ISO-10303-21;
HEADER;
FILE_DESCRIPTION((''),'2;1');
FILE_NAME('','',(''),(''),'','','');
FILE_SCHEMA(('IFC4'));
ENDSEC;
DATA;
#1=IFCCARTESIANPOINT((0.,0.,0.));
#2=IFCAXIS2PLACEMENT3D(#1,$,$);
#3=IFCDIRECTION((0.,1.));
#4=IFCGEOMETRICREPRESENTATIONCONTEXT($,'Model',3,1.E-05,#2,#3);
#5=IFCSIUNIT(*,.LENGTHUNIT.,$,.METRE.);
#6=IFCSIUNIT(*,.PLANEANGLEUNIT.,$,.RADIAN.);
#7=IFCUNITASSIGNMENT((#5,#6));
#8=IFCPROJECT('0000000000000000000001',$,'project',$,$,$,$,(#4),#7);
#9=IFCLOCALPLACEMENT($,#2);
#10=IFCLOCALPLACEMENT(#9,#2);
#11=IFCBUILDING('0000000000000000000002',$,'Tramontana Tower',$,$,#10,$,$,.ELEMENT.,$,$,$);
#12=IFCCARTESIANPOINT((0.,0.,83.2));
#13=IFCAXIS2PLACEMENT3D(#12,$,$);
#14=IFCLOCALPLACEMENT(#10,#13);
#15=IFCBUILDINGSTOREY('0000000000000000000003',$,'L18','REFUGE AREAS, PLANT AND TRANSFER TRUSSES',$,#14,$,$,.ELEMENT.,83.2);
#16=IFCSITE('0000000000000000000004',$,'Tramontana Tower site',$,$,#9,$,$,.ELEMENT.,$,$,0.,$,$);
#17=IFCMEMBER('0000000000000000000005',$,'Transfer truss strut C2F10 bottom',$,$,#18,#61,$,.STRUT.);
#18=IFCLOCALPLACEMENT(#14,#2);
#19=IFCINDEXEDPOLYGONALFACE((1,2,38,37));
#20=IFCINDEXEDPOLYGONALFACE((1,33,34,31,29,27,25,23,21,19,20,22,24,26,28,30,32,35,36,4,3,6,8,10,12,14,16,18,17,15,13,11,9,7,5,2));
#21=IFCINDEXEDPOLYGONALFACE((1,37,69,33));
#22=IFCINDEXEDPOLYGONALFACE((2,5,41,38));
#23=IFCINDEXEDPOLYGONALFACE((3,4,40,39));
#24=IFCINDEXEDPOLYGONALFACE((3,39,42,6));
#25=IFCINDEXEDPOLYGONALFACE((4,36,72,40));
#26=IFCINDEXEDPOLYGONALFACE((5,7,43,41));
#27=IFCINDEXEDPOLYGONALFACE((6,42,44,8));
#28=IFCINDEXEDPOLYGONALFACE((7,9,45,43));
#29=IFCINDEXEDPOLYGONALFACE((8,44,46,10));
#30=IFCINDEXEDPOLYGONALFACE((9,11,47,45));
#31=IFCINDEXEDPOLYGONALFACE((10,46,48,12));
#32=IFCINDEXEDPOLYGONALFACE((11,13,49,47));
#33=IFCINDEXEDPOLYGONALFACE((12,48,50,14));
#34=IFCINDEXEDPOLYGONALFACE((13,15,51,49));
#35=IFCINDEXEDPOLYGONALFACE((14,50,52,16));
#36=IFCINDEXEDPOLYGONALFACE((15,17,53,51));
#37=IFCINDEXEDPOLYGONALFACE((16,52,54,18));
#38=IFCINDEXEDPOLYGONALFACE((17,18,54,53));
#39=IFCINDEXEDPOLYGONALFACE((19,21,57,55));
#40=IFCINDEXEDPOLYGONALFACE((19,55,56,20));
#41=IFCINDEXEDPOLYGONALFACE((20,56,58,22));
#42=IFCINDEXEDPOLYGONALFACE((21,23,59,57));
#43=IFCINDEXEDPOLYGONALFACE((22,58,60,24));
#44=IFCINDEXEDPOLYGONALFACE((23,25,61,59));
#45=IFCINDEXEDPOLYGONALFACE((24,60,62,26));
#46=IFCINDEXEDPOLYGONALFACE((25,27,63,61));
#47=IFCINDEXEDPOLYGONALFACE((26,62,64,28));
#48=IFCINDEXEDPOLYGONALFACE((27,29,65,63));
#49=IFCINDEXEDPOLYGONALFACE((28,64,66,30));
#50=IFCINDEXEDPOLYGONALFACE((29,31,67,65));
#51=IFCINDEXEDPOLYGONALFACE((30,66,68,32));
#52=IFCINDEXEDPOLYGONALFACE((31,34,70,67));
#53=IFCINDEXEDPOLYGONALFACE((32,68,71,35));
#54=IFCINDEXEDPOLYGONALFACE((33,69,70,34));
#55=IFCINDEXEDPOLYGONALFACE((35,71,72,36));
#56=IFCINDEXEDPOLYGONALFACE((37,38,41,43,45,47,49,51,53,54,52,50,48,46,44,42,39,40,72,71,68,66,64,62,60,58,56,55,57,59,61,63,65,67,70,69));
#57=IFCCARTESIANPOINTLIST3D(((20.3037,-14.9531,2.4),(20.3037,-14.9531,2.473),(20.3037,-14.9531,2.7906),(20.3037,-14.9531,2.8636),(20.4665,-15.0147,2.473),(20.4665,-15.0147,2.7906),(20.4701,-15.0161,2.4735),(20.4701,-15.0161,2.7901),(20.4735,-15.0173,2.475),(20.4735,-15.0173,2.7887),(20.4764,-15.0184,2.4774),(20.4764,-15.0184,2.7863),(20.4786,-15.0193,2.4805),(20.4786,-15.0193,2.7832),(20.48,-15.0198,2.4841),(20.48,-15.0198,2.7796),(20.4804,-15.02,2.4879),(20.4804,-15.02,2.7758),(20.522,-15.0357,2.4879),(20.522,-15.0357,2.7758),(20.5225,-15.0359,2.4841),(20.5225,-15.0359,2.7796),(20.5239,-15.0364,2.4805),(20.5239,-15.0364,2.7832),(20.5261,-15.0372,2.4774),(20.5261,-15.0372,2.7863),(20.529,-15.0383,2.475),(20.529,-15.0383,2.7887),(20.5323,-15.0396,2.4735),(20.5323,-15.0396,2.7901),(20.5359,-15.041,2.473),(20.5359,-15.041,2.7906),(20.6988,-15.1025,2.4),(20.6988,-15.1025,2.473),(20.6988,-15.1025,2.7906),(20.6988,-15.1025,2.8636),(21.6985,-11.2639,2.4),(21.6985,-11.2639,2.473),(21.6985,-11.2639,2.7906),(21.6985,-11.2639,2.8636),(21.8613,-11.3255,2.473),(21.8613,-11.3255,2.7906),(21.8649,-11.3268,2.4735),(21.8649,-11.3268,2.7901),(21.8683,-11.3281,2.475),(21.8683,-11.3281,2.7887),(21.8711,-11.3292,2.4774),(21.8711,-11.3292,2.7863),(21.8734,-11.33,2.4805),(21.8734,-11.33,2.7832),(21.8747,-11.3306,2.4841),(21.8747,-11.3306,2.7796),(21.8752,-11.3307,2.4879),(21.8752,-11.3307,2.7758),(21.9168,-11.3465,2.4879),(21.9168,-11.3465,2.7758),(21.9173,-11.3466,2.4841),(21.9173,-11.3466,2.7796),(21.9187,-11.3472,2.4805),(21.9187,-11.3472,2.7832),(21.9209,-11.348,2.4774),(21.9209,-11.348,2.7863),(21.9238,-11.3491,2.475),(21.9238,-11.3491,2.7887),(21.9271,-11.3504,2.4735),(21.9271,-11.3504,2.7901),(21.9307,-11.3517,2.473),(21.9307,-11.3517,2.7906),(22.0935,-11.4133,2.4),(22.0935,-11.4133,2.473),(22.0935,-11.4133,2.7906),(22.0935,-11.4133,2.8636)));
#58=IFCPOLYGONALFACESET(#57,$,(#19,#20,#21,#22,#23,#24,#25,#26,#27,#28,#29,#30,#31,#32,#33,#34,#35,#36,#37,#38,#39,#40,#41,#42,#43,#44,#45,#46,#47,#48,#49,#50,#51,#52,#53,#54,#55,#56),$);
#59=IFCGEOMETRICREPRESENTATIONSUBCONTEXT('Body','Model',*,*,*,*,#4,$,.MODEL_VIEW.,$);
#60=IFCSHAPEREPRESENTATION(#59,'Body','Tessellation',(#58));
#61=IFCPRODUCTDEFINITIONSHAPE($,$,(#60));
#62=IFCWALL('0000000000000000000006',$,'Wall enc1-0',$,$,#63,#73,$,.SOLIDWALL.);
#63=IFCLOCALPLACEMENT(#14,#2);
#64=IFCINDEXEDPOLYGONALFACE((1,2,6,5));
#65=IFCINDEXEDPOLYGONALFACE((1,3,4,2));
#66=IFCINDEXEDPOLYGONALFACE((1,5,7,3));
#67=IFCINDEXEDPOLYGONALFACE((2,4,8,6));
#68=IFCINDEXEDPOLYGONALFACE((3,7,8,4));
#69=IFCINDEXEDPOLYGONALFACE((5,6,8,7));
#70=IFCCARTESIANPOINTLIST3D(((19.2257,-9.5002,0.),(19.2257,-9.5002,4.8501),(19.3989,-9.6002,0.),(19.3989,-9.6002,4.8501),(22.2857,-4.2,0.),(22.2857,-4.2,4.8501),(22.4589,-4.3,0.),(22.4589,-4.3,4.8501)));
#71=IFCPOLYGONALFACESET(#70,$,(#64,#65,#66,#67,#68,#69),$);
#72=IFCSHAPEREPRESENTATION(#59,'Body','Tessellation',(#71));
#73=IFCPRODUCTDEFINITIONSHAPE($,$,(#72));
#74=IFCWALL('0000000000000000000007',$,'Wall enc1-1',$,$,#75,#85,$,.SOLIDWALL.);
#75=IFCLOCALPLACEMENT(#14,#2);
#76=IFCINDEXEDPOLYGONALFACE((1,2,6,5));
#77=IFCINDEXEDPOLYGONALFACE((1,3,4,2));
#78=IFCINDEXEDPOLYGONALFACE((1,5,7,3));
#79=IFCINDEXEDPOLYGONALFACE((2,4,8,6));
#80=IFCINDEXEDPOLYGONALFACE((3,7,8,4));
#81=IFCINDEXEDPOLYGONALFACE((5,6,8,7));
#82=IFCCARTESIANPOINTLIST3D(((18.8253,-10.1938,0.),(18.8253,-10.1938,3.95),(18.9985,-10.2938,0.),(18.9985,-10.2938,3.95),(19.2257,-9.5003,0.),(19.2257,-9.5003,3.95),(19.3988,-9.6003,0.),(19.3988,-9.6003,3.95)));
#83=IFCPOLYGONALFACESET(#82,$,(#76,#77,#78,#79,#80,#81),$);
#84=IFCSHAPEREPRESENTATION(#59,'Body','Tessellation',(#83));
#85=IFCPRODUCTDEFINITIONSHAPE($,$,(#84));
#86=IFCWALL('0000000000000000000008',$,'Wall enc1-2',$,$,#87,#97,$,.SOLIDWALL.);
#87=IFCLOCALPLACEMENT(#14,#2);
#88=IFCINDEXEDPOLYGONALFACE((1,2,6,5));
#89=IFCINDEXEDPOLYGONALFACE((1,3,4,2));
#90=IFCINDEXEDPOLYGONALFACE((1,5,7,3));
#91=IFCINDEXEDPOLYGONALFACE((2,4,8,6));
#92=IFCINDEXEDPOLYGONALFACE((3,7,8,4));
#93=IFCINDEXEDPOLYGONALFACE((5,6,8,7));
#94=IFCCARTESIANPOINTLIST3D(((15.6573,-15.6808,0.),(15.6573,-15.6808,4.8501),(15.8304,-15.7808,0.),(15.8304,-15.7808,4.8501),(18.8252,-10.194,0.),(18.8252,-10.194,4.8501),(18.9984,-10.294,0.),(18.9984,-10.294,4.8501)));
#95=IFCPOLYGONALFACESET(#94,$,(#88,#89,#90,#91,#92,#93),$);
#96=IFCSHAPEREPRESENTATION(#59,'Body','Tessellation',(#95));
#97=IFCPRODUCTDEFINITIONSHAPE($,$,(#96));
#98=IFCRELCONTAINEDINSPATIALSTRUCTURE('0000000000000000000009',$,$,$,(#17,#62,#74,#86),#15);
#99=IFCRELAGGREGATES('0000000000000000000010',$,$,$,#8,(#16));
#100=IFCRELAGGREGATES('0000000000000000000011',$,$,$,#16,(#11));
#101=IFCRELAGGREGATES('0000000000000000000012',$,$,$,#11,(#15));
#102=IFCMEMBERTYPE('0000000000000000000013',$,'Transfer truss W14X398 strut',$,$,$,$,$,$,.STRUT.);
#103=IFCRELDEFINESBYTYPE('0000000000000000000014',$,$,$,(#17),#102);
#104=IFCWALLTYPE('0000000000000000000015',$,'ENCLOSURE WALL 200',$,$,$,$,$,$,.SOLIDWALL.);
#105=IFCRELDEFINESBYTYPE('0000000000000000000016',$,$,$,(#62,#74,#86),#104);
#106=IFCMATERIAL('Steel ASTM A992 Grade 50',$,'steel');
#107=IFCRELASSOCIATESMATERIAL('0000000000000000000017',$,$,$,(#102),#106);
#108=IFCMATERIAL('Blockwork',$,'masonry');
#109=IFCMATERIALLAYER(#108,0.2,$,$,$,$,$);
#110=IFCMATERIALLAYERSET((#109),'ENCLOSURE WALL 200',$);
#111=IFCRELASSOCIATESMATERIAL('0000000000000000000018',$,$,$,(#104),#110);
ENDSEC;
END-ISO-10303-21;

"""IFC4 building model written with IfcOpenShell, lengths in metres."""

from ifc_helpers import new_model, si_unit, direction, frame, frame_2d, origin, origin_2d, place, context, subcontext, project, spatial, rectangle, i_section, extrude, material, layer, layer_set, material_profile, profile_set, type_object, element, save


model = new_model("IFC4")

# Units and contexts
model_context = context("Model", 3, precision=1e-05, world=origin(), true_north=direction((0.0, 1.0)))
body_context = subcontext(model_context, "Body", "Model", "MODEL_VIEW")
ifc_project = project(units=[si_unit("LENGTHUNIT", "METRE"), si_unit("PLANEANGLEUNIT", "RADIAN")], contexts=[model_context])

# Site, building, storey
site_placement = place(None, origin())
site = spatial("IfcSite", under=ifc_project, at=site_placement, Name="Tramontana Tower site", CompositionType="ELEMENT", RefElevation=0.0)
building_placement = place(site_placement, origin())
building = spatial("IfcBuilding", under=site, at=building_placement, Name="Tramontana Tower", CompositionType="ELEMENT")
storey_placement = place(building_placement, frame((0.0, 0.0, 83.2)))
storey = spatial("IfcBuildingStorey", under=building, at=storey_placement, Name="L18", Description="REFUGE AREAS, PLANT AND TRANSFER TRUSSES", CompositionType="ELEMENT", Elevation=83.2)

# Member
ifc_material_1 = material(Name="Steel ASTM A992 Grade 50", Category="steel")
ifc_material_profile_1 = material_profile(ifc_material_1, i_section(OverallWidth=0.4224, OverallDepth=0.4636, WebThickness=0.0444, FlangeThickness=0.073, FilletRadius=0.0149, at=origin_2d()), Name="W14X398")
ifc_profile_set_1 = profile_set([ifc_material_profile_1], Name="Steel ASTM A992 Grade 50")
member_type_1 = type_object("IfcMemberType", Name="Transfer truss W14X398 strut", PredefinedType="STRUT", material=ifc_profile_set_1)
member_1_placement = place(storey_placement, frame((20.5012, -15.0278, 2.6318), z_axis=(0.353639, 0.935382, 0.0), x_axis=(-0.935382, 0.353639, 0.0)))
element("IfcMember", 1, at=member_1_placement, inside=storey, type_object=member_type_1, Name="Transfer truss strut C2F10 bottom", PredefinedType="STRUT", context=body_context, shape_type="SweptSolid", body=[
    extrude(i_section(OverallWidth=0.4224, OverallDepth=0.4636, WebThickness=0.0444, FlangeThickness=0.073, FilletRadius=0.0149, at=origin_2d()), origin(), (0.0, 0.0, 1.0), 3.9441),
])

# Walls
ifc_material_2 = material(Name="Blockwork", Category="masonry")
ifc_layer_1 = layer(ifc_material_2, 0.2)
ifc_layer_set_1 = layer_set([ifc_layer_1], Name="ENCLOSURE WALL 200")
wall_type = type_object("IfcWallType", Name="ENCLOSURE WALL 200", PredefinedType="SOLIDWALL", material=ifc_layer_set_1)
wall_1_placement = place(storey_placement, frame((22.3723, -4.25, 0.0), z_axis=(0.0, 0.0, 1.0), x_axis=(-0.499992, -0.86603, 0.0)))
element("IfcWall", 2, at=wall_1_placement, inside=storey, type_object=wall_type, Name="Wall enc1-0", PredefinedType="SOLIDWALL", context=body_context, shape_type="SweptSolid", body=[
    extrude(rectangle(XDim=6.1201, YDim=0.2, at=frame_2d((3.0601, 0.0))), origin(), (0.0, 0.0, 1.0), 4.8501),
])
wall_2_placement = place(storey_placement, frame((19.3123, -9.5503, 0.0), z_axis=(0.0, 0.0, 1.0), x_axis=(-0.499942, -0.866059, 0.0)))
element("IfcWall", 3, at=wall_2_placement, inside=storey, type_object=wall_type, Name="Wall enc1-1", PredefinedType="SOLIDWALL", context=body_context, shape_type="SweptSolid", body=[
    extrude(rectangle(XDim=0.8008, YDim=0.2, at=frame_2d((0.4004, 0.0))), origin(), (0.0, 0.0, 1.0), 3.95),
])
wall_3_placement = place(storey_placement, frame((18.9119, -10.2439, 0.0), z_axis=(0.0, 0.0, 1.0), x_axis=(-0.500018, -0.866015, 0.0)))
element("IfcWall", 4, at=wall_3_placement, inside=storey, type_object=wall_type, Name="Wall enc1-2", PredefinedType="SOLIDWALL", context=body_context, shape_type="SweptSolid", body=[
    extrude(rectangle(XDim=6.3357, YDim=0.2, at=frame_2d((3.168, 0.0))), origin(), (0.0, 0.0, 1.0), 4.8501),
])

save(model, "model.ifc")
